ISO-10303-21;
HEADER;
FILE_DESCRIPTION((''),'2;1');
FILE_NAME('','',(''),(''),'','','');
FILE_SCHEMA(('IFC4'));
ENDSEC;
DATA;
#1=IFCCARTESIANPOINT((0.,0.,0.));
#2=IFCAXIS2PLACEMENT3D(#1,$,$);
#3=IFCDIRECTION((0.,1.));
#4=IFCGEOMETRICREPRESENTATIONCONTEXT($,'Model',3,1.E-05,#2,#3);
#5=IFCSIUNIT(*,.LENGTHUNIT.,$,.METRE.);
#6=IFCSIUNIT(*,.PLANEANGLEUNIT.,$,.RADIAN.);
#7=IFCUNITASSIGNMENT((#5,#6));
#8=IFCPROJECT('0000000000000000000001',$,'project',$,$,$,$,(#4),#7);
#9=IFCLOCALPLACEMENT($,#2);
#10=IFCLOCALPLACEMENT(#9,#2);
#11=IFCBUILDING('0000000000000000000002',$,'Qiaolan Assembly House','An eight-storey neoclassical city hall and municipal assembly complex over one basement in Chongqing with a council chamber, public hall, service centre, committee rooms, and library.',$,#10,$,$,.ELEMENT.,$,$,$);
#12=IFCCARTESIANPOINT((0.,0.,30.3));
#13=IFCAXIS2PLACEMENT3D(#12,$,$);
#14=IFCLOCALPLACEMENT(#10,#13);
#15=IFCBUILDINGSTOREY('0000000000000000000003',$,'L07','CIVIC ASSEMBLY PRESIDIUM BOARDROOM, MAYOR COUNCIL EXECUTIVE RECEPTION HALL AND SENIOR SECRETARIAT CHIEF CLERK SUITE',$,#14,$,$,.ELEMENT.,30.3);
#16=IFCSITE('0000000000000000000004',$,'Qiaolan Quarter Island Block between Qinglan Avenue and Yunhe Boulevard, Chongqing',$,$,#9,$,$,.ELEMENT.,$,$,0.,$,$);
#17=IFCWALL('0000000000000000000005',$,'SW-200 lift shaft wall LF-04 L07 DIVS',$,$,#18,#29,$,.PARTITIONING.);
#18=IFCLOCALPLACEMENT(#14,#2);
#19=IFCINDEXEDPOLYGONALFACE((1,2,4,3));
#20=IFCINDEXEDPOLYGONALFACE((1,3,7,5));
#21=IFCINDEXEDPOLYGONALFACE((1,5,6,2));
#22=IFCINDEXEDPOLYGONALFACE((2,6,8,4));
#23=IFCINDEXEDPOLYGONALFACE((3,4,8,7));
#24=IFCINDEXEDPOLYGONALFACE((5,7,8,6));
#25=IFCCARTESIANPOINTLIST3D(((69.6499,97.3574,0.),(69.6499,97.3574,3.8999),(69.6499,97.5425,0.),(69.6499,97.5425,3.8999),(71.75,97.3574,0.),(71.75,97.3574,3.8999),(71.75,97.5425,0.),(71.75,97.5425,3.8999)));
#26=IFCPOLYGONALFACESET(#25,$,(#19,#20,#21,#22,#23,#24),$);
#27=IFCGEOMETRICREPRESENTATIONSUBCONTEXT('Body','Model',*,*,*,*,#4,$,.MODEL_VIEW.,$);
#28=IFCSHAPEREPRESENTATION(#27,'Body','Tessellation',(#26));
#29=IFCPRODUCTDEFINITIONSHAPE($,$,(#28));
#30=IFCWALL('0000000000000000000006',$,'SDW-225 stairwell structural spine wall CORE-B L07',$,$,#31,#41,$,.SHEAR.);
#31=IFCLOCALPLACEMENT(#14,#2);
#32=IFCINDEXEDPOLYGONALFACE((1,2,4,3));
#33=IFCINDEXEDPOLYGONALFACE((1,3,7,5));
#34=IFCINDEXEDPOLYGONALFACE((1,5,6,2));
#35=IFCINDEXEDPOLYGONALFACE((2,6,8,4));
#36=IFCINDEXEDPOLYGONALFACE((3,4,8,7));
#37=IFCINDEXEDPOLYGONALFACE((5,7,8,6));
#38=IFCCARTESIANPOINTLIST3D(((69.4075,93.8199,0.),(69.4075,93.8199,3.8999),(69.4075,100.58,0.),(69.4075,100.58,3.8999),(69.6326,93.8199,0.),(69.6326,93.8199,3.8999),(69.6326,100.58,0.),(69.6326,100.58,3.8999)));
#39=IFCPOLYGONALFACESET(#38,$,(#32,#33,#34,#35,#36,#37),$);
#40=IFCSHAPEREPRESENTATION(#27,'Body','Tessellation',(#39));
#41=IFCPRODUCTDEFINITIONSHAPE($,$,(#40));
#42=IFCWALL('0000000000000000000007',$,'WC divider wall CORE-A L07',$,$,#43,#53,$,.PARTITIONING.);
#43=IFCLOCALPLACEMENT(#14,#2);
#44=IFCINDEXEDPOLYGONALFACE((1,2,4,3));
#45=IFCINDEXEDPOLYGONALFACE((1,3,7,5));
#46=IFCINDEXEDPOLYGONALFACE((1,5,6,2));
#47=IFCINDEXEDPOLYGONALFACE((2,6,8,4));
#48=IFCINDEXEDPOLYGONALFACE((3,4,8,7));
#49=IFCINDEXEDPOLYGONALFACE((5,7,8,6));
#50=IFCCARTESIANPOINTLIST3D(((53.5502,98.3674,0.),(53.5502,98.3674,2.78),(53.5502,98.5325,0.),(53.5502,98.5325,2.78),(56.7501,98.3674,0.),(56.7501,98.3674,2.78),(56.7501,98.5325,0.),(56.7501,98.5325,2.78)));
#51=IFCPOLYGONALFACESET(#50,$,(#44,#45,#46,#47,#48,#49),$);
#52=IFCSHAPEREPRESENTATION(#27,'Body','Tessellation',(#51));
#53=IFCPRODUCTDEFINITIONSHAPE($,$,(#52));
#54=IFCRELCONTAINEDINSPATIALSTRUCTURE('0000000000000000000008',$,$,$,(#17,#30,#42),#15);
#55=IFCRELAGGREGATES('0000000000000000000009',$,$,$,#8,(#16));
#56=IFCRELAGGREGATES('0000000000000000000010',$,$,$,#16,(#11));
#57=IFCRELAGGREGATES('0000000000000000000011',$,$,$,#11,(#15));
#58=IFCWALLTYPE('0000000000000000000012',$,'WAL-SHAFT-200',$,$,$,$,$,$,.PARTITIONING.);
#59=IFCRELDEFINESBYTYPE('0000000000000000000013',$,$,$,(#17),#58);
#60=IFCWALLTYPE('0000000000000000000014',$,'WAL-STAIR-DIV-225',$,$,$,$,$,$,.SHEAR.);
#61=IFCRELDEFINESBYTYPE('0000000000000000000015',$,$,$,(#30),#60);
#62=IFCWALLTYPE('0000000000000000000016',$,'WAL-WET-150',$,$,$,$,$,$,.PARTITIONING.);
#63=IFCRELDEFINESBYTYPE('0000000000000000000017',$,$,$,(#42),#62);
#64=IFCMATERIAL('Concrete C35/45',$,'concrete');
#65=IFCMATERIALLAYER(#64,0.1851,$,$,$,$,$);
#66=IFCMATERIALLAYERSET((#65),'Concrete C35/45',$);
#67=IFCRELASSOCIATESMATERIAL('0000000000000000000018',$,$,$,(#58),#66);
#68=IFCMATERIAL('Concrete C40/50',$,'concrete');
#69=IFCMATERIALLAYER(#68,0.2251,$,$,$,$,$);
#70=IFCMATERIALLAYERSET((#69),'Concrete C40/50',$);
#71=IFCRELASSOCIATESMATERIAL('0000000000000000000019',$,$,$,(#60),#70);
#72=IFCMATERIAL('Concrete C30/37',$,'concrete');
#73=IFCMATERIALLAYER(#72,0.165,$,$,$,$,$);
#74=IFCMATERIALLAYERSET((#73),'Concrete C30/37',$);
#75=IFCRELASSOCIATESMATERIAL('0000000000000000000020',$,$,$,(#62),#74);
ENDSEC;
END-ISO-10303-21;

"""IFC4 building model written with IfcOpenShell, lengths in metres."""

from ifc_helpers import new_model, si_unit, direction, frame, frame_2d, origin, place, context, subcontext, project, spatial, rectangle, extrude, material, layer, layer_set, type_object, element, save


model = new_model("IFC4")

# Units and contexts
model_context = context("Model", 3, precision=1e-05, world=origin(), true_north=direction((0.0, 1.0)))
body_context = subcontext(model_context, "Body", "Model", "MODEL_VIEW")
ifc_project = project(units=[si_unit("LENGTHUNIT", "METRE"), si_unit("PLANEANGLEUNIT", "RADIAN")], contexts=[model_context])

# Site, building, storey
site_placement = place(None, origin())
site = spatial("IfcSite", under=ifc_project, at=site_placement, Name="Qiaolan Quarter Island Block between Qinglan Avenue and Yunhe Boulevard, Chongqing", CompositionType="ELEMENT", RefElevation=0.0)
building_placement = place(site_placement, origin())
building = spatial("IfcBuilding", under=site, at=building_placement, Name="Qiaolan Assembly House", Description="An eight-storey neoclassical city hall and municipal assembly complex over one basement in Chongqing with a council chamber, public hall, service centre, committee rooms, and library.", CompositionType="ELEMENT")
storey_placement = place(building_placement, frame((0.0, 0.0, 30.3)))
storey = spatial("IfcBuildingStorey", under=building, at=storey_placement, Name="L07", Description="CIVIC ASSEMBLY PRESIDIUM BOARDROOM, MAYOR COUNCIL EXECUTIVE RECEPTION HALL AND SENIOR SECRETARIAT CHIEF CLERK SUITE", CompositionType="ELEMENT", Elevation=30.3)

# Shared definitions
ifc_material_1 = material(Name="Concrete C40/50", Category="concrete")

# Shared definitions
ifc_material_2 = material(Name="Concrete C35/45", Category="concrete")

# Walls
ifc_layer_1 = layer(ifc_material_2, 0.1851)
ifc_layer_set_1 = layer_set([ifc_layer_1], Name="Concrete C35/45")
wall_type_1 = type_object("IfcWallType", Name="WAL-SHAFT-200", PredefinedType="PARTITIONING", material=ifc_layer_set_1)
for number, where, z_axis, x_axis, name in (
    (1, (69.6499, 97.45, 0.0), (0.0, 0.0, 1.0), (1.0, 0.0, 0.0), "SW-200 lift shaft wall LF-04 L07 DIVS"),
):
    element("IfcWall", number, at=place(storey_placement, frame(where, z_axis=z_axis, x_axis=x_axis)), inside=storey, type_object=wall_type_1, Name=name, PredefinedType="PARTITIONING", context=body_context, shape_type="SweptSolid", body=[
        extrude(rectangle(XDim=2.1001, YDim=0.1851, at=frame_2d((1.05, 0.0))), origin(), (0.0, 0.0, 1.0), 3.8999),
    ])
ifc_layer_2 = layer(ifc_material_1, 0.2251)
ifc_layer_set_2 = layer_set([ifc_layer_2], Name="Concrete C40/50")
wall_type_2 = type_object("IfcWallType", Name="WAL-STAIR-DIV-225", PredefinedType="SHEAR", material=ifc_layer_set_2)
wall_1_placement = place(storey_placement, frame((69.52, 93.8201, 0.0), z_axis=(0.0, 0.0, 1.0), x_axis=(0.0, 1.0, 0.0)))
element("IfcWall", 2, at=wall_1_placement, inside=storey, type_object=wall_type_2, Name="SDW-225 stairwell structural spine wall CORE-B L07", PredefinedType="SHEAR", context=body_context, shape_type="SweptSolid", body=[
    extrude(rectangle(XDim=6.76, YDim=0.2251, at=frame_2d((3.3799, 0.0))), origin(), (0.0, 0.0, 1.0), 3.8999),
])

# Shared definitions
ifc_material_3 = material(Name="Concrete C30/37", Category="concrete")
ifc_layer_3 = layer(ifc_material_3, 0.165)
ifc_layer_set_3 = layer_set([ifc_layer_3], Name="Concrete C30/37")
wall_type_3 = type_object("IfcWallType", Name="WAL-WET-150", PredefinedType="PARTITIONING", material=ifc_layer_set_3)

# Wall
wall_2_placement = place(storey_placement, frame((53.55, 98.45, 0.0), z_axis=(0.0, 0.0, 1.0), x_axis=(1.0, 0.0, 0.0)))
element("IfcWall", 3, at=wall_2_placement, inside=storey, type_object=wall_type_3, Name="WC divider wall CORE-A L07", PredefinedType="PARTITIONING", context=body_context, shape_type="SweptSolid", body=[
    extrude(rectangle(XDim=3.2, YDim=0.165, at=frame_2d((1.6001, 0.0))), origin(), (0.0, 0.0, 1.0), 2.78),
])

save(model, "model.ifc")
